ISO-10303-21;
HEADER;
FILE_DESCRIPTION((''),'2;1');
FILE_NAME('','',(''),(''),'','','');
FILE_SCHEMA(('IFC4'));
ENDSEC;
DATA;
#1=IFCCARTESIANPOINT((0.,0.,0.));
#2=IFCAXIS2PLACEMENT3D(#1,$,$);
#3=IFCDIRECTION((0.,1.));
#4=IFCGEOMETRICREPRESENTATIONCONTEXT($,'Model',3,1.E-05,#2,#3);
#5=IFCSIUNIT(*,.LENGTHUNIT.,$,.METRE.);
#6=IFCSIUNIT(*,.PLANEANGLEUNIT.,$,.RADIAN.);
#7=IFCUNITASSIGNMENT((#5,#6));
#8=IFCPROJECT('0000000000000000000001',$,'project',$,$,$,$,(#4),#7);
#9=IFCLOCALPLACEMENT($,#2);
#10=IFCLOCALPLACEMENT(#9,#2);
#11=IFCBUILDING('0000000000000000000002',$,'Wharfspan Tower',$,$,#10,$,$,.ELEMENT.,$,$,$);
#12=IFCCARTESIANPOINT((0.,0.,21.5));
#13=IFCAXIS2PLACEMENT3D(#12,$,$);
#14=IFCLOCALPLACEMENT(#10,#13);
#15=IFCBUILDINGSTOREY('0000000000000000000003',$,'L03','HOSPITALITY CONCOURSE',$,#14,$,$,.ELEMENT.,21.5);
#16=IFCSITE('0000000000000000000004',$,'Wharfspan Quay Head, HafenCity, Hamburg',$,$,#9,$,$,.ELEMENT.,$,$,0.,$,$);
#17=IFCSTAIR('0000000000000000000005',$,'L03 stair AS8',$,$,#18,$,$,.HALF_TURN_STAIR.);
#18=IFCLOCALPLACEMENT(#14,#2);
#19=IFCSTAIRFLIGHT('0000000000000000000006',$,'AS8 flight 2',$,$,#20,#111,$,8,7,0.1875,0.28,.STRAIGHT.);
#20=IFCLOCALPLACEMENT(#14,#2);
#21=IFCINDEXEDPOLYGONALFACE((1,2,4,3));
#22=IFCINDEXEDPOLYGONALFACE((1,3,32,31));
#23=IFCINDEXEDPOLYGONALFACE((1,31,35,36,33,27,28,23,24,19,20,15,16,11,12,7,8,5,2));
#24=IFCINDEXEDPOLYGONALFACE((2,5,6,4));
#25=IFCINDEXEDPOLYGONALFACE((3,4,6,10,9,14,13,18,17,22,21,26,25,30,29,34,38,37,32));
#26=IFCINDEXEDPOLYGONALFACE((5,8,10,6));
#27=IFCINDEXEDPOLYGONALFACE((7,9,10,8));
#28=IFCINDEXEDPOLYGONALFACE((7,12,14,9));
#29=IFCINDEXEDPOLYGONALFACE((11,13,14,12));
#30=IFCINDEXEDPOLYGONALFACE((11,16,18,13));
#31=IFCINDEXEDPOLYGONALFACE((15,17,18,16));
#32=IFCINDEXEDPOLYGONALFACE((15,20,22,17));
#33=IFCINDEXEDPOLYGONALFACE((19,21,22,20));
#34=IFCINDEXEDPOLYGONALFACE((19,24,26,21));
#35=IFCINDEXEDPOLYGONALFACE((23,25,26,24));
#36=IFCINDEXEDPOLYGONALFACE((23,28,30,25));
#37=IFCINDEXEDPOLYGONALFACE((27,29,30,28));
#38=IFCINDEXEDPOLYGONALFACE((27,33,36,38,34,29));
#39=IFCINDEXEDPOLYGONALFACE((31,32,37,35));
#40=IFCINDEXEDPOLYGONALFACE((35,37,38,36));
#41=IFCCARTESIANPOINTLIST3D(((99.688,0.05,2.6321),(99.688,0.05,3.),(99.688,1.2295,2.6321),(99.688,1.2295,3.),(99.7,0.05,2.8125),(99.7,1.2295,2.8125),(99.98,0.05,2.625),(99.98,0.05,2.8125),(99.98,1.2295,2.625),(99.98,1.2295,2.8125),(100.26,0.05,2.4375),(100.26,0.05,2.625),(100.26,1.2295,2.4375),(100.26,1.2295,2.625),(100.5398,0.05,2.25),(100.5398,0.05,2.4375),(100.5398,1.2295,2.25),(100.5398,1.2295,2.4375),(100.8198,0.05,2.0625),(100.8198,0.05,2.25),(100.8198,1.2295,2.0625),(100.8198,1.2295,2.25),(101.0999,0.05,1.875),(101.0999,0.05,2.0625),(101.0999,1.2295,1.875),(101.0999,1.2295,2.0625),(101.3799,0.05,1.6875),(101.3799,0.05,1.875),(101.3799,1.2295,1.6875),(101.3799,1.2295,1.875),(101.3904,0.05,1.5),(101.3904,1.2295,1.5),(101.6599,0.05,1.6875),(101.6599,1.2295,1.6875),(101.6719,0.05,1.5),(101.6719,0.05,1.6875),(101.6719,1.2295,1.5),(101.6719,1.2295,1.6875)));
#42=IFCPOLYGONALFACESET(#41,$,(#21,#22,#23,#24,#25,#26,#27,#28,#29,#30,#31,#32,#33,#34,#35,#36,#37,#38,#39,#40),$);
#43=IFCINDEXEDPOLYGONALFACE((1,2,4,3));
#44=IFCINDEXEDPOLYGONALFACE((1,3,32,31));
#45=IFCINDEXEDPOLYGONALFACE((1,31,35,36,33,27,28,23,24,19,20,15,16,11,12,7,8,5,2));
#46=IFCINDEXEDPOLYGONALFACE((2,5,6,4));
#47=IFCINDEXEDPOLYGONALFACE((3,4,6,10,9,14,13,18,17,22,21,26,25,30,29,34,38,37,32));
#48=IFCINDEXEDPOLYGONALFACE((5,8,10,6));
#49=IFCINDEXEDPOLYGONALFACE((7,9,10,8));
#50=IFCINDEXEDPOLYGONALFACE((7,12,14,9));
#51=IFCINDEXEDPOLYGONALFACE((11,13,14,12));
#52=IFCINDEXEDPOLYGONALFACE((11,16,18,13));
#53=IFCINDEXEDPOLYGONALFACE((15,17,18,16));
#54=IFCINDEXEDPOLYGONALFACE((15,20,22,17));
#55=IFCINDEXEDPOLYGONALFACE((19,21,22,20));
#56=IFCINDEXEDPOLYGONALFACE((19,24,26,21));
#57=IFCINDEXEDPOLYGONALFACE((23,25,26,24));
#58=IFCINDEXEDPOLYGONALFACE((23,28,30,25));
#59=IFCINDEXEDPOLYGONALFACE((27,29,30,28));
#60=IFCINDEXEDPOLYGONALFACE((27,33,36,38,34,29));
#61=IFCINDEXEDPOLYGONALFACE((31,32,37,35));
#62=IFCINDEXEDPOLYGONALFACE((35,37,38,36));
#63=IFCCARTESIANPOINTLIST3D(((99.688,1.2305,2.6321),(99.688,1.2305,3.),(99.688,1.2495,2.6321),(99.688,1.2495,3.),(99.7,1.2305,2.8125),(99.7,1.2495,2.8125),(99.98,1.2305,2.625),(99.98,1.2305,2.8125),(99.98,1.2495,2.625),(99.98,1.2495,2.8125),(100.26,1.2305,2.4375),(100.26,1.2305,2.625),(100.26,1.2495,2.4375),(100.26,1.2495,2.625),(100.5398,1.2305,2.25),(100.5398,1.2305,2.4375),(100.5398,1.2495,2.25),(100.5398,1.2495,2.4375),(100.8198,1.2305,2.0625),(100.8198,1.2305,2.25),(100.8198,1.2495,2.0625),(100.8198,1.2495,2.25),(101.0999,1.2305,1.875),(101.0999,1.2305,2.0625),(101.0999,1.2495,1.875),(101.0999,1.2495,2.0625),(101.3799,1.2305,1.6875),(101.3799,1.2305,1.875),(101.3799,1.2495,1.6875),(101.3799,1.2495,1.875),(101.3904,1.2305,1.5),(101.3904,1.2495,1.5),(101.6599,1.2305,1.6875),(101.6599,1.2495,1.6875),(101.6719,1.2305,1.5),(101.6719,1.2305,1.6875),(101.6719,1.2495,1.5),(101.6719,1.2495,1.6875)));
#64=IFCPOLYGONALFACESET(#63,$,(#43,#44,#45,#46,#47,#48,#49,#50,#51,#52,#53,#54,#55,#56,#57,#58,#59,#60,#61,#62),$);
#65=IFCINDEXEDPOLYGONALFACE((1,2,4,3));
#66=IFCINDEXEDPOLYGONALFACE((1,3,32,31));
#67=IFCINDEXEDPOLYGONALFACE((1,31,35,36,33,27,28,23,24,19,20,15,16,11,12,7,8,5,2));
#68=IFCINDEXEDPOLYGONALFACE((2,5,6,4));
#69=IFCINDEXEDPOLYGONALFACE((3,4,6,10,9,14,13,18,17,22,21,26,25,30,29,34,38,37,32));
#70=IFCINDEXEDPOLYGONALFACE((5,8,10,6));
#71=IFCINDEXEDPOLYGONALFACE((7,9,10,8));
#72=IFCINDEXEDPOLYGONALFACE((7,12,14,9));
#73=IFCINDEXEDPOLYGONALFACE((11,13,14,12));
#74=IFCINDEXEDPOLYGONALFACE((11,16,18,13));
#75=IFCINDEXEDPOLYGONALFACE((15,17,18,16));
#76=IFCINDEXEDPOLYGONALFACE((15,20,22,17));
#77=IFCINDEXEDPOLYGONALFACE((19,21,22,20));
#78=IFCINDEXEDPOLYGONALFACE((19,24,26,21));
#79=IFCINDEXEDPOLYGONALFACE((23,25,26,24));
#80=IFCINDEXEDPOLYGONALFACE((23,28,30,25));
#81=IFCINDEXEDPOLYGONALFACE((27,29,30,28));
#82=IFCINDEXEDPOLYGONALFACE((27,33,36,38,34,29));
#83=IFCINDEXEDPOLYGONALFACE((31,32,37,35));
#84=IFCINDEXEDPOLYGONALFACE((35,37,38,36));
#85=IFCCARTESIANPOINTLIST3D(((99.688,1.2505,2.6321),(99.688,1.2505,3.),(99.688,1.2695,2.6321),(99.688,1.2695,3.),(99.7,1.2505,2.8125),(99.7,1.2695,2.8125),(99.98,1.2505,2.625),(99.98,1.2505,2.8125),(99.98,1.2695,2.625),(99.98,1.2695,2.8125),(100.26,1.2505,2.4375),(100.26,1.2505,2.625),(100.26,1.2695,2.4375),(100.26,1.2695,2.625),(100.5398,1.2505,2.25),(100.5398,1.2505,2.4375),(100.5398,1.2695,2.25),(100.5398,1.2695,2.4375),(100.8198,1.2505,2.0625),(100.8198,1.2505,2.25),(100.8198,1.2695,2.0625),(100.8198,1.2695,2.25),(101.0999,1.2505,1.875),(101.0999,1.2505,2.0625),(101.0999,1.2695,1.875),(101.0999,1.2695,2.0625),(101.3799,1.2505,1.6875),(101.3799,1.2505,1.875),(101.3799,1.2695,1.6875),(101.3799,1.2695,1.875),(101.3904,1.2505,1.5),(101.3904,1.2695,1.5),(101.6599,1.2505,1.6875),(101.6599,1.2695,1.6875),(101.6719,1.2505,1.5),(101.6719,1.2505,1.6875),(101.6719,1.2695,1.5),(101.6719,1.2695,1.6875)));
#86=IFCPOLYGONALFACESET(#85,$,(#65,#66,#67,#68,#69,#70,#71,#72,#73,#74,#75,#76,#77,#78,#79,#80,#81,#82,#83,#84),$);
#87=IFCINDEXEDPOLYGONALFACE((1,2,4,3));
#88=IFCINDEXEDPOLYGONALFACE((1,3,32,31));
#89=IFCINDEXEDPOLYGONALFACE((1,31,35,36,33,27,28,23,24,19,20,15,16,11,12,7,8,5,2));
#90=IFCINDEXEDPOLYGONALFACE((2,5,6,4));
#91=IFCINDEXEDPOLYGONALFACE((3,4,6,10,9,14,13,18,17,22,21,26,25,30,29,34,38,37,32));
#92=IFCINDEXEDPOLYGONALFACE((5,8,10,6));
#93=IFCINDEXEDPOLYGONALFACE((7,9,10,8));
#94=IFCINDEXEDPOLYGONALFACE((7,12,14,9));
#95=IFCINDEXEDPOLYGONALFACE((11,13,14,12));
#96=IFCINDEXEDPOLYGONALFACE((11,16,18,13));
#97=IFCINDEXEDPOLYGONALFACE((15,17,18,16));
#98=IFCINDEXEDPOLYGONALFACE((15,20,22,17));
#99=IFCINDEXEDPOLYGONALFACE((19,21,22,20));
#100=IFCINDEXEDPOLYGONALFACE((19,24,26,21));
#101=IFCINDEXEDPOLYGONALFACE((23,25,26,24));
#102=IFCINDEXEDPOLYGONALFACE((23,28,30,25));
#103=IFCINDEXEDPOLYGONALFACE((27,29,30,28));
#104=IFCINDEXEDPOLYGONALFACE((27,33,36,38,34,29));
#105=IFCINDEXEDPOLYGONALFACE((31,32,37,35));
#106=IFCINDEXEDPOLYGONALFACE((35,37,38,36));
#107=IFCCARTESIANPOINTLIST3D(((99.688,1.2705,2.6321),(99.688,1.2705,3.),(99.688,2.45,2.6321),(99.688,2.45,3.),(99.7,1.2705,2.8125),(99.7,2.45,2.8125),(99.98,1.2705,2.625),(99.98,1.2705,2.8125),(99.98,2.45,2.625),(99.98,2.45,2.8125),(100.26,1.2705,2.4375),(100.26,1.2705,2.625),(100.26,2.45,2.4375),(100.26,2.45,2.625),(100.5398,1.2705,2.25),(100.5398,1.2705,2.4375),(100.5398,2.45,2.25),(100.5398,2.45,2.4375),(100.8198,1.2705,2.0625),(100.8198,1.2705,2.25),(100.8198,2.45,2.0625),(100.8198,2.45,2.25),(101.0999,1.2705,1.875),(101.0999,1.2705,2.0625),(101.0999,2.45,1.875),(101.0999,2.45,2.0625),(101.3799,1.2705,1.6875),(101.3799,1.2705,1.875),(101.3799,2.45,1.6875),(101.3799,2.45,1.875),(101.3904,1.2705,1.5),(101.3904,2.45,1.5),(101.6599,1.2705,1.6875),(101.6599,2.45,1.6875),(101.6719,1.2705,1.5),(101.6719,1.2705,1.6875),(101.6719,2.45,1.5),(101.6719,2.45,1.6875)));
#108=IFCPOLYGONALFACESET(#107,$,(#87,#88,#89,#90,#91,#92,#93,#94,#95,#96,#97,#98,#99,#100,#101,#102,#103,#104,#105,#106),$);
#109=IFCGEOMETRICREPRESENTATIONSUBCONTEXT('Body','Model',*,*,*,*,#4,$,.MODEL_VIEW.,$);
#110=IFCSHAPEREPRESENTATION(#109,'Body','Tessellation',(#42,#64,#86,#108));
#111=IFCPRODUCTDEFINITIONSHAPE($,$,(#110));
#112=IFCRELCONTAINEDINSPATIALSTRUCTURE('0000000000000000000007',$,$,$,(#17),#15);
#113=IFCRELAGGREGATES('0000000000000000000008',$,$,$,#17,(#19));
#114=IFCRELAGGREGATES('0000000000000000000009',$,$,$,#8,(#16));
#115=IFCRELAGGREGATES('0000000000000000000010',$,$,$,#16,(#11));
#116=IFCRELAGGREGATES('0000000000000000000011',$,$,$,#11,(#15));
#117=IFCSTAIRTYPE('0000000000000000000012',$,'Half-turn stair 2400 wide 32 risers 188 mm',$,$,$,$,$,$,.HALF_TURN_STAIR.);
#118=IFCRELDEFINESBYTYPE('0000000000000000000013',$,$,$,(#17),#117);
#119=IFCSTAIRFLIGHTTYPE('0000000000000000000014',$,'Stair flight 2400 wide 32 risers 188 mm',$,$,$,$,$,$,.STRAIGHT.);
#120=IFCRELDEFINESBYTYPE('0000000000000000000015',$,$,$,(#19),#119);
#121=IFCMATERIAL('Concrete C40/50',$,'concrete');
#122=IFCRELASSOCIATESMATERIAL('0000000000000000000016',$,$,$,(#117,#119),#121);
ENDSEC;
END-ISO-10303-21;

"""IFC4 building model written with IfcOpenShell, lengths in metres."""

from ifc_helpers import new_model, si_unit, direction, frame, origin, place, context, subcontext, project, spatial, polyline, outline, extrude, material, type_object, element, aggregate, save


model = new_model("IFC4")

# Units and contexts
model_context = context("Model", 3, precision=1e-05, world=origin(), true_north=direction((0.0, 1.0)))
body_context = subcontext(model_context, "Body", "Model", "MODEL_VIEW")
ifc_project = project(units=[si_unit("LENGTHUNIT", "METRE"), si_unit("PLANEANGLEUNIT", "RADIAN")], contexts=[model_context])

# Site, building, storey
site_placement = place(None, origin())
site = spatial("IfcSite", under=ifc_project, at=site_placement, Name="Wharfspan Quay Head, HafenCity, Hamburg", CompositionType="ELEMENT", RefElevation=0.0)
building_placement = place(site_placement, origin())
building = spatial("IfcBuilding", under=site, at=building_placement, Name="Wharfspan Tower", CompositionType="ELEMENT")
storey_placement = place(building_placement, frame((0.0, 0.0, 21.5)))
storey = spatial("IfcBuildingStorey", under=building, at=storey_placement, Name="L03", Description="HOSPITALITY CONCOURSE", CompositionType="ELEMENT", Elevation=21.5)

# Stair, stair flight
ifc_material_1 = material(Name="Concrete C40/50", Category="concrete")
stair_type = type_object("IfcStairType", Name="Half-turn stair 2400 wide 32 risers 188 mm", PredefinedType="HALF_TURN_STAIR", material=ifc_material_1)
stair_placement = place(storey_placement, origin())
stair = element("IfcStair", 1, at=stair_placement, inside=storey, type_object=stair_type, Name="L03 stair AS8", PredefinedType="HALF_TURN_STAIR")
stair_flight_type = type_object("IfcStairFlightType", Name="Stair flight 2400 wide 32 risers 188 mm", PredefinedType="STRAIGHT", material=ifc_material_1)
stair_flight_1_placement = place(storey_placement, frame((101.6599, 1.25, 1.5), z_axis=(0.0, 0.0, 1.0), x_axis=(-1.0, 0.0, 0.0)))
stair_flight_1 = element("IfcStairFlight", 2, at=stair_flight_1_placement, type_object=stair_flight_type, Name="AS8 flight 2", NumberOfRisers=8, NumberOfTreads=7, PredefinedType="STRAIGHT", RiserHeight=0.1875, TreadLength=0.28, context=body_context, shape_type="SweptSolid", body=[
    extrude(outline(polyline([(-0.012, 0.0), (-0.012, 0.1875), (0.0, 0.1875), (0.28, 0.1875), (0.28, 0.375), (0.5601, 0.375), (0.5601, 0.5625), (0.8401, 0.5625), (0.8401, 0.75), (1.1201, 0.75), (1.1201, 0.9375), (1.3999, 0.9375), (1.3999, 1.125), (1.6799, 1.125), (1.6799, 1.3125), (1.96, 1.3125), (1.9719, 1.5), (1.9719, 1.1321), (0.2695, 0.0), (-0.012, 0.0)])), frame((0.0, 1.2, 0.0), z_axis=(0.0, -1.0, 0.0), x_axis=(1.0, 0.0, 0.0)), (0.0, 0.0, 1.0), 1.1794),
    extrude(outline(polyline([(-0.012, 0.0), (-0.012, 0.1875), (0.0, 0.1875), (0.28, 0.1875), (0.28, 0.375), (0.5601, 0.375), (0.5601, 0.5625), (0.8401, 0.5625), (0.8401, 0.75), (1.1201, 0.75), (1.1201, 0.9375), (1.3999, 0.9375), (1.3999, 1.125), (1.6799, 1.125), (1.6799, 1.3125), (1.96, 1.3125), (1.9719, 1.5), (1.9719, 1.1321), (0.2695, 0.0), (-0.012, 0.0)])), frame((0.0, 0.0195, 0.0), z_axis=(0.0, -1.0, 0.0), x_axis=(1.0, 0.0, 0.0)), (0.0, 0.0, 1.0), 0.019),
    extrude(outline(polyline([(-0.012, 0.0), (-0.012, 0.1875), (0.0, 0.1875), (0.28, 0.1875), (0.28, 0.375), (0.5601, 0.375), (0.5601, 0.5625), (0.8401, 0.5625), (0.8401, 0.75), (1.1201, 0.75), (1.1201, 0.9375), (1.3999, 0.9375), (1.3999, 1.125), (1.6799, 1.125), (1.6799, 1.3125), (1.96, 1.3125), (1.9719, 1.5), (1.9719, 1.1321), (0.2695, 0.0), (-0.012, 0.0)])), frame((0.0, -0.0005, 0.0), z_axis=(0.0, -1.0, 0.0), x_axis=(1.0, 0.0, 0.0)), (0.0, 0.0, 1.0), 0.019),
    extrude(outline(polyline([(-0.012, 0.0), (-0.012, 0.1875), (0.0, 0.1875), (0.28, 0.1875), (0.28, 0.375), (0.5601, 0.375), (0.5601, 0.5625), (0.8401, 0.5625), (0.8401, 0.75), (1.1201, 0.75), (1.1201, 0.9375), (1.3999, 0.9375), (1.3999, 1.125), (1.6799, 1.125), (1.6799, 1.3125), (1.96, 1.3125), (1.9719, 1.5), (1.9719, 1.1321), (0.2695, 0.0), (-0.012, 0.0)])), frame((0.0, -0.0205, 0.0), z_axis=(0.0, -1.0, 0.0), x_axis=(1.0, 0.0, 0.0)), (0.0, 0.0, 1.0), 1.1794),
])
aggregate(stair, [stair_flight_1])

save(model, "model.ifc")
